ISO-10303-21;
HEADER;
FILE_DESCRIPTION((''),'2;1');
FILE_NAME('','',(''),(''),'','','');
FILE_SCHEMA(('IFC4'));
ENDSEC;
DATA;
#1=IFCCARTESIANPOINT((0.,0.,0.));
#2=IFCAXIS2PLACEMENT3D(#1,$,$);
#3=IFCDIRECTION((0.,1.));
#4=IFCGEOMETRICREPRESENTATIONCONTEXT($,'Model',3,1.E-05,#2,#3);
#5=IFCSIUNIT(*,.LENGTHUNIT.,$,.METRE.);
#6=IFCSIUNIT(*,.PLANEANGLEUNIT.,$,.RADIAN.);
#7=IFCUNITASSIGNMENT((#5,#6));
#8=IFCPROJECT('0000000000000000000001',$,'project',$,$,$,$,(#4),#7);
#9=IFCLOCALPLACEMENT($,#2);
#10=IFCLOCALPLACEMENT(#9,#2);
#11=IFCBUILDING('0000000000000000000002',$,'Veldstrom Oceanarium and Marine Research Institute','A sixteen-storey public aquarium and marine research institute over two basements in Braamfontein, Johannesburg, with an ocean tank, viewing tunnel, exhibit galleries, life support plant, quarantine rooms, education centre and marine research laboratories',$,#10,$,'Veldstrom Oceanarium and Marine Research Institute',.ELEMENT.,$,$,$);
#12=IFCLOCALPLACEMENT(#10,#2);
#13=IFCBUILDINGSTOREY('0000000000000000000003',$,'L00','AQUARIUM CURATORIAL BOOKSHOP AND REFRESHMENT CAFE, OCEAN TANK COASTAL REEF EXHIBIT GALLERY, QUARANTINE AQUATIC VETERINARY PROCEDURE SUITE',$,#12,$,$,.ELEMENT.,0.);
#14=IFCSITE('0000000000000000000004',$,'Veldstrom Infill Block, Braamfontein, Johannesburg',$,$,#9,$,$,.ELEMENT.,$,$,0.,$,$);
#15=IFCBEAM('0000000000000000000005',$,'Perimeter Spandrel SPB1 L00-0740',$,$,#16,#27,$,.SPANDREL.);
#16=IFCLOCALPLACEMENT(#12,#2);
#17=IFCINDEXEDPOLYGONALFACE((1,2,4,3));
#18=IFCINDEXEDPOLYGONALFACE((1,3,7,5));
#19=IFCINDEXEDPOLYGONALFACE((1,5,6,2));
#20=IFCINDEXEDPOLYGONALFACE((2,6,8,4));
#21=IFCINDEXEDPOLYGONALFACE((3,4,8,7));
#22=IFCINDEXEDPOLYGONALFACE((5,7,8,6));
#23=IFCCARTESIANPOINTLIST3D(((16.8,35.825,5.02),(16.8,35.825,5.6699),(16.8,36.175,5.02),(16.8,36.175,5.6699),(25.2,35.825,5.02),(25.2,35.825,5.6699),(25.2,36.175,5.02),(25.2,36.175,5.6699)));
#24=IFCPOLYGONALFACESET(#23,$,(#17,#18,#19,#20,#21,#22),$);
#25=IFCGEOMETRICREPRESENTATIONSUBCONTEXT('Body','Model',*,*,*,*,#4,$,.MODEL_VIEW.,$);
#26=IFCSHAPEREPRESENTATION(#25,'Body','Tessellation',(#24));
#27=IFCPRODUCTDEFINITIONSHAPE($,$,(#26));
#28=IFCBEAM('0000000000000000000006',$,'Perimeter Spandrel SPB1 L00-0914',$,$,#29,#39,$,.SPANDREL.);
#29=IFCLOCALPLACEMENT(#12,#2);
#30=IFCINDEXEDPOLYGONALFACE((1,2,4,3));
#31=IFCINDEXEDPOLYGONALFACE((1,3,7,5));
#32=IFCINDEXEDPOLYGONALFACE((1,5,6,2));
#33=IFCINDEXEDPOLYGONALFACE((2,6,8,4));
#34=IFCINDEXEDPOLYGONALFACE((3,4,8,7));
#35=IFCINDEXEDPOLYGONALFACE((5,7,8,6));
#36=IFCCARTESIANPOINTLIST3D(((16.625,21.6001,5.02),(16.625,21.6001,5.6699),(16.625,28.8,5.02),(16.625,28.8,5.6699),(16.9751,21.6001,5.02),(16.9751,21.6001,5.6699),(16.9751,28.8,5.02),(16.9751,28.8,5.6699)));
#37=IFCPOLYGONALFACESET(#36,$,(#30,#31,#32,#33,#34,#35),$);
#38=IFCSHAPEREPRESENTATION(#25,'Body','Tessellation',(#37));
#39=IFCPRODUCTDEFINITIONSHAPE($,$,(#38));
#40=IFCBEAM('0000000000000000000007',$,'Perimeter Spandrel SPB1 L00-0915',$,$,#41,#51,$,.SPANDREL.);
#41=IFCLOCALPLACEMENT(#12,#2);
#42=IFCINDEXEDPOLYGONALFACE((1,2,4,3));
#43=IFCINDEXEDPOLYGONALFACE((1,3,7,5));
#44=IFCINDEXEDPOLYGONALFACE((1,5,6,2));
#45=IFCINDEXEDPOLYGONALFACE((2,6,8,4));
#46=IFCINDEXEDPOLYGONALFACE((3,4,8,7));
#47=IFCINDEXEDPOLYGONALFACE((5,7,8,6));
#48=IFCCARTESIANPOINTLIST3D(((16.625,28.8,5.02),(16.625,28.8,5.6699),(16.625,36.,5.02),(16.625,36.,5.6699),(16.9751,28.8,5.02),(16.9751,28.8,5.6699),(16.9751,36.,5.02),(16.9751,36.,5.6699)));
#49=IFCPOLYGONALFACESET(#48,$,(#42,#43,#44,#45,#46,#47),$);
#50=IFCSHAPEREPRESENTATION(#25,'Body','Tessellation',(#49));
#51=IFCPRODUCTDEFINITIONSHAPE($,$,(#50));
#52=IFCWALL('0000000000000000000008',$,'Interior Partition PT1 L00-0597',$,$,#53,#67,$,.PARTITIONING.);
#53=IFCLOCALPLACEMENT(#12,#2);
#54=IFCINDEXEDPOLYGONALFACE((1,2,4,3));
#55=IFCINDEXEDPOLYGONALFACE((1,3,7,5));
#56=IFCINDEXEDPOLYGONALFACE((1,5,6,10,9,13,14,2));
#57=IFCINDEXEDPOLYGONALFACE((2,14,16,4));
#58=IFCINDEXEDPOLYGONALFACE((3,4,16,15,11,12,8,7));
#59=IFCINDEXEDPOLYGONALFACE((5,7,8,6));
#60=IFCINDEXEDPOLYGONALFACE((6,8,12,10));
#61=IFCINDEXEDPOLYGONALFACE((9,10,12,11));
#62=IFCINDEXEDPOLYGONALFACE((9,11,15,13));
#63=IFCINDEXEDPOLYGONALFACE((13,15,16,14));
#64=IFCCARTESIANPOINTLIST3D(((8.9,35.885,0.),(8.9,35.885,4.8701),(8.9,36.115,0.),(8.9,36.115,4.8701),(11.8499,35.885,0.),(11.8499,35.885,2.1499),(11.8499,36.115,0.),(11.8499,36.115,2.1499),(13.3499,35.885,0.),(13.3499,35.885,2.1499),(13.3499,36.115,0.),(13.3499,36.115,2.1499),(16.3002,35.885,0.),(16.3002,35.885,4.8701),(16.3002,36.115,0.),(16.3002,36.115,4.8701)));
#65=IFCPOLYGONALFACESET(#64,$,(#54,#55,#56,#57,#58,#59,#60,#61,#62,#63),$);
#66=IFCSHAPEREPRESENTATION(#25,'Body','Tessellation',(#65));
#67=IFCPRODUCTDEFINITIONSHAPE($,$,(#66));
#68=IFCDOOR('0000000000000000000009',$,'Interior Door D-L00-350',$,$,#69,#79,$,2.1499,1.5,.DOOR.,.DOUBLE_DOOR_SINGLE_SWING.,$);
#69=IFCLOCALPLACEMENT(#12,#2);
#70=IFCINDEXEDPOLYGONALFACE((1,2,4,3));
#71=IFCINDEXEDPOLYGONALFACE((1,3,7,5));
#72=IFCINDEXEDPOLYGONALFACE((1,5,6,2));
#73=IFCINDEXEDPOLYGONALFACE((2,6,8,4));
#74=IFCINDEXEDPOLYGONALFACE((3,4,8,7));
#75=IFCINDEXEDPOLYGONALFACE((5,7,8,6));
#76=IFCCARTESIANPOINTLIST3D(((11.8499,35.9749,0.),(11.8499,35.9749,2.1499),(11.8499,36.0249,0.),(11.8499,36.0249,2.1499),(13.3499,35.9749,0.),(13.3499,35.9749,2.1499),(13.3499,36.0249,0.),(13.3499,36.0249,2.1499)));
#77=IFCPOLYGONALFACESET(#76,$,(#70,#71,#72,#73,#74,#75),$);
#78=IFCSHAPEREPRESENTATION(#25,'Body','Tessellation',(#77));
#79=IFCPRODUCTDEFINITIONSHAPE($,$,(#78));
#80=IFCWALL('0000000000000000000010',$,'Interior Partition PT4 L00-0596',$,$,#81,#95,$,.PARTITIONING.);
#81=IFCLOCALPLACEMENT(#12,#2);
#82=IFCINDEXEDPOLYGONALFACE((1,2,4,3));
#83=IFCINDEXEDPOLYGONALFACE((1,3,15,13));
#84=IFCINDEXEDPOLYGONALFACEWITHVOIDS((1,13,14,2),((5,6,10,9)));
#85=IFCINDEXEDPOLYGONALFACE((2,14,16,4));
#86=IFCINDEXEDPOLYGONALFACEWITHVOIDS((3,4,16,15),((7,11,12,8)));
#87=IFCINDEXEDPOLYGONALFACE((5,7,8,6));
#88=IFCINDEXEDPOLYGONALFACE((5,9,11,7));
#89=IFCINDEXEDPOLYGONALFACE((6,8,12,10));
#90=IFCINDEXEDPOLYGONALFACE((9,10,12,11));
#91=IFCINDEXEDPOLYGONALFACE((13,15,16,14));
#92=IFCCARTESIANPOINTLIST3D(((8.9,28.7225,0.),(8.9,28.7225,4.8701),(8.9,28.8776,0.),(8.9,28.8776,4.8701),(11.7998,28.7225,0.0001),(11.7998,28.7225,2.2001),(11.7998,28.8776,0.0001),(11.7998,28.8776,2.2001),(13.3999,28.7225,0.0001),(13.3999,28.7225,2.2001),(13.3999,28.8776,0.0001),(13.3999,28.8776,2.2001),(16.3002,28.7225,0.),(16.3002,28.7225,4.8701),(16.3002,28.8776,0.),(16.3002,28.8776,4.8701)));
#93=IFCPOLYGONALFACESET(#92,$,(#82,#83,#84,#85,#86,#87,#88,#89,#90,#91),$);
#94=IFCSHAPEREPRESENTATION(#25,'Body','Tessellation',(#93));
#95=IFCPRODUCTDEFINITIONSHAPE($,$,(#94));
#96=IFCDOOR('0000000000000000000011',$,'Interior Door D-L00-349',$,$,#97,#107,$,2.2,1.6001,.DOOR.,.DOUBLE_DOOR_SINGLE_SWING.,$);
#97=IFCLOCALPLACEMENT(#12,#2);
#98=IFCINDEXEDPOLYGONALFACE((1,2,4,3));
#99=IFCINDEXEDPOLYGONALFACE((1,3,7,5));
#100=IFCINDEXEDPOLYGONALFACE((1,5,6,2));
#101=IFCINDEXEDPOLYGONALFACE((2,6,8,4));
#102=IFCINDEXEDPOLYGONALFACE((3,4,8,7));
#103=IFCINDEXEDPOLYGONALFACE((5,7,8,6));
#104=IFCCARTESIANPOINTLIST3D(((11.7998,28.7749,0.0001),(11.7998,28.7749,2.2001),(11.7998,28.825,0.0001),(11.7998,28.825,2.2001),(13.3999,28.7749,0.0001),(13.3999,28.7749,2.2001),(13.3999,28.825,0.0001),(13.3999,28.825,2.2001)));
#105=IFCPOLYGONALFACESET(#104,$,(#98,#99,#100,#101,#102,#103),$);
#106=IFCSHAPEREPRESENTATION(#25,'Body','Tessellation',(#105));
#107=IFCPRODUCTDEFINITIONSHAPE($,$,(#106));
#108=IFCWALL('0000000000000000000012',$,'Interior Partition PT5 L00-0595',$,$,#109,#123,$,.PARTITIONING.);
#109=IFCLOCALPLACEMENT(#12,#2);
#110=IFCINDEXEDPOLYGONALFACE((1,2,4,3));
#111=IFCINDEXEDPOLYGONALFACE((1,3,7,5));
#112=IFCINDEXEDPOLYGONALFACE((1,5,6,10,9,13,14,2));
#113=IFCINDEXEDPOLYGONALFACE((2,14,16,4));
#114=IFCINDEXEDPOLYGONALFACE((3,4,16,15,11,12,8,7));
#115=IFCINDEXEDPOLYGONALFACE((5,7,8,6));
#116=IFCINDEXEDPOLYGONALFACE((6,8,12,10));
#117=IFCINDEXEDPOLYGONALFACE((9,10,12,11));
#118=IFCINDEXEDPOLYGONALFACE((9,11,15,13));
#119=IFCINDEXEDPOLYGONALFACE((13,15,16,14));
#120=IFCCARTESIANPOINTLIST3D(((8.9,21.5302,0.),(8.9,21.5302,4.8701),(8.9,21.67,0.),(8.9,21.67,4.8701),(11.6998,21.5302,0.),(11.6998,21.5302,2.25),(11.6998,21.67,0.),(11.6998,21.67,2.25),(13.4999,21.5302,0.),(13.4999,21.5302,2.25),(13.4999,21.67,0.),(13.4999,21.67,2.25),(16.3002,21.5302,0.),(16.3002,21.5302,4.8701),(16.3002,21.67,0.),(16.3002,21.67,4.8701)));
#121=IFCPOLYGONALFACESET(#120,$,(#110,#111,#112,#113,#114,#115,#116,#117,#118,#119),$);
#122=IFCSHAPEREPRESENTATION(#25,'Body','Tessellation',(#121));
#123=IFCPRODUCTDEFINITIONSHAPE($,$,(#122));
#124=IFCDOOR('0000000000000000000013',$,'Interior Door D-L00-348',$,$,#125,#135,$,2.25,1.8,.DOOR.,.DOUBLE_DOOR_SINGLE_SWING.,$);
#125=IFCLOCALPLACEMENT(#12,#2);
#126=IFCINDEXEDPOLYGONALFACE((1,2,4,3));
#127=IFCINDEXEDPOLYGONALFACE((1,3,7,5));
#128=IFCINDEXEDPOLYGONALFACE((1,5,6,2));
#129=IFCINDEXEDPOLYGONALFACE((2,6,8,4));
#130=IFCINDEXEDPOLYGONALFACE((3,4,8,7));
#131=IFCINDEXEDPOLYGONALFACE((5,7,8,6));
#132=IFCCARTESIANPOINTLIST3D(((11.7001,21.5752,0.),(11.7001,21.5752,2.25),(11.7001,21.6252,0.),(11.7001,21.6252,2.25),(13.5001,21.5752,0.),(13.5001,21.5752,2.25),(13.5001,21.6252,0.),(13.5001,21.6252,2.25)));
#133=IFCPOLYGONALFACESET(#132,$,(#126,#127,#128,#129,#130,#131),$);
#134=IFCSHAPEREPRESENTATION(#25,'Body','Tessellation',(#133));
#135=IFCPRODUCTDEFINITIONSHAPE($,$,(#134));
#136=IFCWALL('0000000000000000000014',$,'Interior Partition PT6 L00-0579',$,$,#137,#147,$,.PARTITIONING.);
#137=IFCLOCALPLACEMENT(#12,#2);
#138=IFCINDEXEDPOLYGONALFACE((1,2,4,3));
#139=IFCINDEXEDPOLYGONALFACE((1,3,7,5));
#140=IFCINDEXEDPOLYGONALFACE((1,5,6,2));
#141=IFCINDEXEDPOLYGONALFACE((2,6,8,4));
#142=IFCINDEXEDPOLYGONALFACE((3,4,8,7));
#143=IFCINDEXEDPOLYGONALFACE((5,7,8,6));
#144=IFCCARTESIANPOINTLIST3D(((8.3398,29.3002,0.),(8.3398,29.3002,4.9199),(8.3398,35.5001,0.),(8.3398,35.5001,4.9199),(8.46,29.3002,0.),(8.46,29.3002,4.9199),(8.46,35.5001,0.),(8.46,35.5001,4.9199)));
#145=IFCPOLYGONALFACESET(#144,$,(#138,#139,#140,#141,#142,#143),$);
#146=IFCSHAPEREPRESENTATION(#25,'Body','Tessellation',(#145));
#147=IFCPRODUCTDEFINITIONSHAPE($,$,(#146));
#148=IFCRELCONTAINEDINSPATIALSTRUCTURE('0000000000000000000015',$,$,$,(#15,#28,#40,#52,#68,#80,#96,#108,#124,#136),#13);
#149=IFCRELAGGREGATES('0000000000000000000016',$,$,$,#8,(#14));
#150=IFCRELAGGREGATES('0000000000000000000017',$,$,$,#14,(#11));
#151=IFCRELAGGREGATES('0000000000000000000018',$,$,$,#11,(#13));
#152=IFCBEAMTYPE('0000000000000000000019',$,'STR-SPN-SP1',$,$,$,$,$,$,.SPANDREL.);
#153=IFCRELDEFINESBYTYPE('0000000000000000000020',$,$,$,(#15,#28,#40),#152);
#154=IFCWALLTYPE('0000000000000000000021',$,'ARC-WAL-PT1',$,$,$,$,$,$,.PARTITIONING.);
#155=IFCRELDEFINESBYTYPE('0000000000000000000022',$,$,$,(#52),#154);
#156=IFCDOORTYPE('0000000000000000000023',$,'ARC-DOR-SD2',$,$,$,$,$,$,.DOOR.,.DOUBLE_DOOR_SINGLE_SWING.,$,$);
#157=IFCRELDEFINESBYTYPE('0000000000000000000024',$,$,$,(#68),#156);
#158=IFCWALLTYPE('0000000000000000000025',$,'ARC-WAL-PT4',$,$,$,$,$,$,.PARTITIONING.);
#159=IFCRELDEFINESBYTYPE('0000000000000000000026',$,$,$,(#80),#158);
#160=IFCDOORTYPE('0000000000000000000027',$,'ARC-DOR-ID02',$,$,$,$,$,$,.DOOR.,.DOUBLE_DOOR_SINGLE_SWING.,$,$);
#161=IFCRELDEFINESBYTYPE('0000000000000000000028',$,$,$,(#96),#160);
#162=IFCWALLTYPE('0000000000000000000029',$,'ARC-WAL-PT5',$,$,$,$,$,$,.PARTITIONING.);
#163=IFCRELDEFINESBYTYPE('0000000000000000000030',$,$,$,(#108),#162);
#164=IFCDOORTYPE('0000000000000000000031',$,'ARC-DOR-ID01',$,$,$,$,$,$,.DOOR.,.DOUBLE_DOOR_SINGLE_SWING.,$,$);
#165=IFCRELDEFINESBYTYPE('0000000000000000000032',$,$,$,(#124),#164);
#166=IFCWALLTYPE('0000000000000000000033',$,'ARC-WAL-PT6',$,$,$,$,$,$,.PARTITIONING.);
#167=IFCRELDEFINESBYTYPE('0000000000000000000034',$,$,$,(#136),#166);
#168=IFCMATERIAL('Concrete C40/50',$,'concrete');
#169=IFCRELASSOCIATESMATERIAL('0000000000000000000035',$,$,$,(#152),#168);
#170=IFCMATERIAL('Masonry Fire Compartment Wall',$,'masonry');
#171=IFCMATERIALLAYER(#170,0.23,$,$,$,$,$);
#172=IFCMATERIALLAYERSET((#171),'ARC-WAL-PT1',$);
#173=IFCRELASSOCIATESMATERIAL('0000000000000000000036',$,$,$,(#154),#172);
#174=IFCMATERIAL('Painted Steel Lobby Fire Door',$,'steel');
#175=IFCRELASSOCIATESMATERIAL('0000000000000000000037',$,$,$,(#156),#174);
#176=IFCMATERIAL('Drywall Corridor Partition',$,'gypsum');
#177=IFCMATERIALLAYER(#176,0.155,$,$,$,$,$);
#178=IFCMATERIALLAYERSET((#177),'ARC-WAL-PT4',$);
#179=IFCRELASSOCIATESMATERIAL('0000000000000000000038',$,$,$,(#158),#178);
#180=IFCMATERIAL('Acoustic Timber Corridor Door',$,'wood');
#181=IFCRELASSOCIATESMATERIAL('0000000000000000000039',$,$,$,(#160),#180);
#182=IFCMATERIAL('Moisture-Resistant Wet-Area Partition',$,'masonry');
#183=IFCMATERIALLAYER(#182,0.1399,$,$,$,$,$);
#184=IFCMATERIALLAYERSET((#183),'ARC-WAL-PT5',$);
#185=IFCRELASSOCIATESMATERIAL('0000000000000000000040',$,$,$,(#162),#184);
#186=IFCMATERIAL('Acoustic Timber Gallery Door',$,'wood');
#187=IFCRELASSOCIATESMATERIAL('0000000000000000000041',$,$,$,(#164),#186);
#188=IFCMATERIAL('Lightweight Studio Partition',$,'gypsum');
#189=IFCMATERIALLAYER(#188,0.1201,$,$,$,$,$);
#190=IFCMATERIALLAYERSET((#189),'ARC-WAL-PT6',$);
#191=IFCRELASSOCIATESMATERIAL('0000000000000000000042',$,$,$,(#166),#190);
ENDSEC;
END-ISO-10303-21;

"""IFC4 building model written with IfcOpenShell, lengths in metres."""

from ifc_helpers import new_model, si_unit, direction, frame, frame_2d, origin, origin_2d, place, context, subcontext, project, spatial, rectangle, extrude, material, layer, layer_set, material_profile, profile_set, type_object, element, fill, save


model = new_model("IFC4")

# Units and contexts
model_context = context("Model", 3, precision=1e-05, world=origin(), true_north=direction((0.0, 1.0)))
body_context = subcontext(model_context, "Body", "Model", "MODEL_VIEW")
ifc_project = project(units=[si_unit("LENGTHUNIT", "METRE"), si_unit("PLANEANGLEUNIT", "RADIAN")], contexts=[model_context])

# Site, building, storey
site_placement = place(None, origin())
site = spatial("IfcSite", under=ifc_project, at=site_placement, Name="Veldstrom Infill Block, Braamfontein, Johannesburg", CompositionType="ELEMENT", RefElevation=0.0)
building_placement = place(site_placement, origin())
building = spatial("IfcBuilding", under=site, at=building_placement, Name="Veldstrom Oceanarium and Marine Research Institute", Description="A sixteen-storey public aquarium and marine research institute over two basements in Braamfontein, Johannesburg, with an ocean tank, viewing tunnel, exhibit galleries, life support plant, quarantine rooms, education centre and marine research laboratories", LongName="Veldstrom Oceanarium and Marine Research Institute", CompositionType="ELEMENT")
storey_placement = place(building_placement, origin())
storey = spatial("IfcBuildingStorey", under=building, at=storey_placement, Name="L00", Description="AQUARIUM CURATORIAL BOOKSHOP AND REFRESHMENT CAFE, OCEAN TANK COASTAL REEF EXHIBIT GALLERY, QUARANTINE AQUATIC VETERINARY PROCEDURE SUITE", CompositionType="ELEMENT", Elevation=0.0)

# Beams
ifc_material_1 = material(Name="Concrete C40/50", Category="concrete")
ifc_material_profile_1 = material_profile(ifc_material_1, rectangle(XDim=0.3501, YDim=0.6499, at=origin_2d()), Name="RC-SPN-350x650")
ifc_profile_set_1 = profile_set([ifc_material_profile_1], Name="Concrete C40/50")
beam_type_1 = type_object("IfcBeamType", Name="STR-SPN-SP1", PredefinedType="SPANDREL", material=ifc_profile_set_1)
beam_1_placement = place(storey_placement, frame((16.8, 36.0, 5.345), z_axis=(1.0, 0.0, 0.0), x_axis=(0.0, 1.0, 0.0)))
element("IfcBeam", 1, at=beam_1_placement, inside=storey, type_object=beam_type_1, Name="Perimeter Spandrel SPB1 L00-0740", PredefinedType="SPANDREL", context=body_context, shape_type="SweptSolid", body=[
    extrude(rectangle(XDim=0.3501, YDim=0.6499, at=origin_2d()), origin(), (0.0, 0.0, 1.0), 8.3999),
])
for number, where, z_axis, x_axis, name in (
    (2, (16.8, 21.6001, 5.345), (0.0, 1.0, 0.0), (-1.0, 0.0, 0.0), "Perimeter Spandrel SPB1 L00-0914"),
    (3, (16.8, 28.8, 5.345), (0.0, 1.0, 0.0), (-1.0, 0.0, 0.0), "Perimeter Spandrel SPB1 L00-0915"),
):
    element("IfcBeam", number, at=place(storey_placement, frame(where, z_axis=z_axis, x_axis=x_axis)), inside=storey, type_object=beam_type_1, Name=name, PredefinedType="SPANDREL", context=body_context, shape_type="SweptSolid", body=[
        extrude(rectangle(XDim=0.3501, YDim=0.6499, at=origin_2d()), origin(), (0.0, 0.0, 1.0), 7.2),
    ])

# Walls, openings, doors
ifc_material_2 = material(Name="Masonry Fire Compartment Wall", Category="masonry")
ifc_layer_1 = layer(ifc_material_2, 0.23)
ifc_layer_set_1 = layer_set([ifc_layer_1], Name="ARC-WAL-PT1")
wall_type_1 = type_object("IfcWallType", Name="ARC-WAL-PT1", PredefinedType="PARTITIONING", material=ifc_layer_set_1)
wall_1_placement = place(storey_placement, frame((8.8999, 36.0, 0.0), z_axis=(0.0, 0.0, 1.0), x_axis=(1.0, 0.0, 0.0)))
wall_1 = element("IfcWall", 4, at=wall_1_placement, inside=storey, type_object=wall_type_1, Name="Interior Partition PT1 L00-0597", PredefinedType="PARTITIONING", context=body_context, shape_type="SweptSolid", body=[
    extrude(rectangle(XDim=7.4001, YDim=0.23, at=frame_2d((3.7002, 0.0))), origin(), (0.0, 0.0, 1.0), 4.8701),
])
opening_1_placement = place(wall_1_placement, frame((2.95, 0.0, 0.0)))
opening_1 = element("IfcOpeningElement", 5, at=opening_1_placement, cuts=wall_1, PredefinedType="OPENING", context=body_context, shape_type="SweptSolid", body=[
    extrude(rectangle(XDim=1.5, YDim=2.1499, at=frame_2d((0.75, 1.075))), frame((0.0, 0.125, 0.0), z_axis=(0.0, -1.0, 0.0), x_axis=(1.0, 0.0, 0.0)), (0.0, 0.0, 1.0), 0.25),
])
ifc_material_3 = material(Name="Painted Steel Lobby Fire Door", Category="steel")
door_type_1 = type_object("IfcDoorType", Name="ARC-DOR-SD2", OperationType="DOUBLE_DOOR_SINGLE_SWING", PredefinedType="DOOR", material=ifc_material_3)
door_1_placement = place(opening_1_placement, origin())
door_1 = element("IfcDoor", 6, at=door_1_placement, inside=storey, type_object=door_type_1, Name="Interior Door D-L00-350", OperationType="DOUBLE_DOOR_SINGLE_SWING", OverallHeight=2.1499, OverallWidth=1.5, PredefinedType="DOOR", context=body_context, shape_type="SweptSolid", body=[
    extrude(rectangle(XDim=1.5, YDim=2.1499, at=frame_2d((0.75, 1.075))), frame((0.0, 0.0249, 0.0), z_axis=(0.0, -1.0, 0.0), x_axis=(1.0, 0.0, 0.0)), (0.0, 0.0, 1.0), 0.05),
])
fill(opening_1, door_1)
ifc_material_4 = material(Name="Drywall Corridor Partition", Category="gypsum")
ifc_layer_2 = layer(ifc_material_4, 0.155)
ifc_layer_set_2 = layer_set([ifc_layer_2], Name="ARC-WAL-PT4")
wall_type_2 = type_object("IfcWallType", Name="ARC-WAL-PT4", PredefinedType="PARTITIONING", material=ifc_layer_set_2)
wall_2_placement = place(storey_placement, frame((8.8999, 28.8, 0.0), z_axis=(0.0, 0.0, 1.0), x_axis=(1.0, 0.0, 0.0)))
wall_2 = element("IfcWall", 7, at=wall_2_placement, inside=storey, type_object=wall_type_2, Name="Interior Partition PT4 L00-0596", PredefinedType="PARTITIONING", context=body_context, shape_type="SweptSolid", body=[
    extrude(rectangle(XDim=7.4001, YDim=0.155, at=frame_2d((3.7002, 0.0))), origin(), (0.0, 0.0, 1.0), 4.8701),
])
opening_2_placement = place(wall_2_placement, frame((2.8999, 0.0, 0.0)))
opening_2 = element("IfcOpeningElement", 8, at=opening_2_placement, cuts=wall_2, PredefinedType="OPENING", context=body_context, shape_type="SweptSolid", body=[
    extrude(rectangle(XDim=1.6001, YDim=2.2, at=frame_2d((0.8, 1.1001))), frame((0.0, 0.0874, 0.0), z_axis=(0.0, -1.0, 0.0), x_axis=(1.0, 0.0, 0.0)), (0.0, 0.0, 1.0), 0.175),
])
ifc_material_5 = material(Name="Acoustic Timber Corridor Door", Category="wood")
door_type_2 = type_object("IfcDoorType", Name="ARC-DOR-ID02", OperationType="DOUBLE_DOOR_SINGLE_SWING", PredefinedType="DOOR", material=ifc_material_5)
door_2_placement = place(opening_2_placement, origin())
door_2 = element("IfcDoor", 9, at=door_2_placement, inside=storey, type_object=door_type_2, Name="Interior Door D-L00-349", OperationType="DOUBLE_DOOR_SINGLE_SWING", OverallHeight=2.2, OverallWidth=1.6001, PredefinedType="DOOR", context=body_context, shape_type="SweptSolid", body=[
    extrude(rectangle(XDim=1.6001, YDim=2.2, at=frame_2d((0.8, 1.1001))), frame((0.0, 0.0249, 0.0), z_axis=(0.0, -1.0, 0.0), x_axis=(1.0, 0.0, 0.0)), (0.0, 0.0, 1.0), 0.05),
])
fill(opening_2, door_2)
ifc_material_6 = material(Name="Moisture-Resistant Wet-Area Partition", Category="masonry")
ifc_layer_3 = layer(ifc_material_6, 0.1399)
ifc_layer_set_3 = layer_set([ifc_layer_3], Name="ARC-WAL-PT5")
wall_type_3 = type_object("IfcWallType", Name="ARC-WAL-PT5", PredefinedType="PARTITIONING", material=ifc_layer_set_3)
wall_3_placement = place(storey_placement, frame((8.8999, 21.6001, 0.0), z_axis=(0.0, 0.0, 1.0), x_axis=(1.0, 0.0, 0.0)))
wall_3 = element("IfcWall", 10, at=wall_3_placement, inside=storey, type_object=wall_type_3, Name="Interior Partition PT5 L00-0595", PredefinedType="PARTITIONING", context=body_context, shape_type="SweptSolid", body=[
    extrude(rectangle(XDim=7.4001, YDim=0.1399, at=frame_2d((3.7002, 0.0))), origin(), (0.0, 0.0, 1.0), 4.8701),
])
opening_3_placement = place(wall_3_placement, frame((2.8, 0.0, 0.0)))
opening_3 = element("IfcOpeningElement", 11, at=opening_3_placement, cuts=wall_3, PredefinedType="OPENING", context=body_context, shape_type="SweptSolid", body=[
    extrude(rectangle(XDim=1.8, YDim=2.25, at=frame_2d((0.8999, 1.125))), frame((0.0, 0.0798, 0.0), z_axis=(0.0, -1.0, 0.0), x_axis=(1.0, 0.0, 0.0)), (0.0, 0.0, 1.0), 0.1599),
])
ifc_material_7 = material(Name="Acoustic Timber Gallery Door", Category="wood")
door_type_3 = type_object("IfcDoorType", Name="ARC-DOR-ID01", OperationType="DOUBLE_DOOR_SINGLE_SWING", PredefinedType="DOOR", material=ifc_material_7)
door_3_placement = place(opening_3_placement, frame((1.8, 0.0, 0.0), z_axis=(0.0, 0.0, 1.0), x_axis=(-1.0, 0.0, 0.0)))
door_3 = element("IfcDoor", 12, at=door_3_placement, inside=storey, type_object=door_type_3, Name="Interior Door D-L00-348", OperationType="DOUBLE_DOOR_SINGLE_SWING", OverallHeight=2.25, OverallWidth=1.8, PredefinedType="DOOR", context=body_context, shape_type="SweptSolid", body=[
    extrude(rectangle(XDim=1.8, YDim=2.25, at=frame_2d((0.8999, 1.125))), frame((0.0, 0.0249, 0.0), z_axis=(0.0, -1.0, 0.0), x_axis=(1.0, 0.0, 0.0)), (0.0, 0.0, 1.0), 0.05),
])
fill(opening_3, door_3)

# Wall
ifc_material_8 = material(Name="Lightweight Studio Partition", Category="gypsum")
ifc_layer_4 = layer(ifc_material_8, 0.1201)
ifc_layer_set_4 = layer_set([ifc_layer_4], Name="ARC-WAL-PT6")
wall_type_4 = type_object("IfcWallType", Name="ARC-WAL-PT6", PredefinedType="PARTITIONING", material=ifc_layer_set_4)
wall_4_placement = place(storey_placement, frame((8.3999, 29.3, 0.0), z_axis=(0.0, 0.0, 1.0), x_axis=(0.0, 1.0, 0.0)))
element("IfcWall", 13, at=wall_4_placement, inside=storey, type_object=wall_type_4, Name="Interior Partition PT6 L00-0579", PredefinedType="PARTITIONING", context=body_context, shape_type="SweptSolid", body=[
    extrude(rectangle(XDim=6.2, YDim=0.1201, at=frame_2d((3.1001, 0.0))), origin(), (0.0, 0.0, 1.0), 4.9199),
])

save(model, "model.ifc")
